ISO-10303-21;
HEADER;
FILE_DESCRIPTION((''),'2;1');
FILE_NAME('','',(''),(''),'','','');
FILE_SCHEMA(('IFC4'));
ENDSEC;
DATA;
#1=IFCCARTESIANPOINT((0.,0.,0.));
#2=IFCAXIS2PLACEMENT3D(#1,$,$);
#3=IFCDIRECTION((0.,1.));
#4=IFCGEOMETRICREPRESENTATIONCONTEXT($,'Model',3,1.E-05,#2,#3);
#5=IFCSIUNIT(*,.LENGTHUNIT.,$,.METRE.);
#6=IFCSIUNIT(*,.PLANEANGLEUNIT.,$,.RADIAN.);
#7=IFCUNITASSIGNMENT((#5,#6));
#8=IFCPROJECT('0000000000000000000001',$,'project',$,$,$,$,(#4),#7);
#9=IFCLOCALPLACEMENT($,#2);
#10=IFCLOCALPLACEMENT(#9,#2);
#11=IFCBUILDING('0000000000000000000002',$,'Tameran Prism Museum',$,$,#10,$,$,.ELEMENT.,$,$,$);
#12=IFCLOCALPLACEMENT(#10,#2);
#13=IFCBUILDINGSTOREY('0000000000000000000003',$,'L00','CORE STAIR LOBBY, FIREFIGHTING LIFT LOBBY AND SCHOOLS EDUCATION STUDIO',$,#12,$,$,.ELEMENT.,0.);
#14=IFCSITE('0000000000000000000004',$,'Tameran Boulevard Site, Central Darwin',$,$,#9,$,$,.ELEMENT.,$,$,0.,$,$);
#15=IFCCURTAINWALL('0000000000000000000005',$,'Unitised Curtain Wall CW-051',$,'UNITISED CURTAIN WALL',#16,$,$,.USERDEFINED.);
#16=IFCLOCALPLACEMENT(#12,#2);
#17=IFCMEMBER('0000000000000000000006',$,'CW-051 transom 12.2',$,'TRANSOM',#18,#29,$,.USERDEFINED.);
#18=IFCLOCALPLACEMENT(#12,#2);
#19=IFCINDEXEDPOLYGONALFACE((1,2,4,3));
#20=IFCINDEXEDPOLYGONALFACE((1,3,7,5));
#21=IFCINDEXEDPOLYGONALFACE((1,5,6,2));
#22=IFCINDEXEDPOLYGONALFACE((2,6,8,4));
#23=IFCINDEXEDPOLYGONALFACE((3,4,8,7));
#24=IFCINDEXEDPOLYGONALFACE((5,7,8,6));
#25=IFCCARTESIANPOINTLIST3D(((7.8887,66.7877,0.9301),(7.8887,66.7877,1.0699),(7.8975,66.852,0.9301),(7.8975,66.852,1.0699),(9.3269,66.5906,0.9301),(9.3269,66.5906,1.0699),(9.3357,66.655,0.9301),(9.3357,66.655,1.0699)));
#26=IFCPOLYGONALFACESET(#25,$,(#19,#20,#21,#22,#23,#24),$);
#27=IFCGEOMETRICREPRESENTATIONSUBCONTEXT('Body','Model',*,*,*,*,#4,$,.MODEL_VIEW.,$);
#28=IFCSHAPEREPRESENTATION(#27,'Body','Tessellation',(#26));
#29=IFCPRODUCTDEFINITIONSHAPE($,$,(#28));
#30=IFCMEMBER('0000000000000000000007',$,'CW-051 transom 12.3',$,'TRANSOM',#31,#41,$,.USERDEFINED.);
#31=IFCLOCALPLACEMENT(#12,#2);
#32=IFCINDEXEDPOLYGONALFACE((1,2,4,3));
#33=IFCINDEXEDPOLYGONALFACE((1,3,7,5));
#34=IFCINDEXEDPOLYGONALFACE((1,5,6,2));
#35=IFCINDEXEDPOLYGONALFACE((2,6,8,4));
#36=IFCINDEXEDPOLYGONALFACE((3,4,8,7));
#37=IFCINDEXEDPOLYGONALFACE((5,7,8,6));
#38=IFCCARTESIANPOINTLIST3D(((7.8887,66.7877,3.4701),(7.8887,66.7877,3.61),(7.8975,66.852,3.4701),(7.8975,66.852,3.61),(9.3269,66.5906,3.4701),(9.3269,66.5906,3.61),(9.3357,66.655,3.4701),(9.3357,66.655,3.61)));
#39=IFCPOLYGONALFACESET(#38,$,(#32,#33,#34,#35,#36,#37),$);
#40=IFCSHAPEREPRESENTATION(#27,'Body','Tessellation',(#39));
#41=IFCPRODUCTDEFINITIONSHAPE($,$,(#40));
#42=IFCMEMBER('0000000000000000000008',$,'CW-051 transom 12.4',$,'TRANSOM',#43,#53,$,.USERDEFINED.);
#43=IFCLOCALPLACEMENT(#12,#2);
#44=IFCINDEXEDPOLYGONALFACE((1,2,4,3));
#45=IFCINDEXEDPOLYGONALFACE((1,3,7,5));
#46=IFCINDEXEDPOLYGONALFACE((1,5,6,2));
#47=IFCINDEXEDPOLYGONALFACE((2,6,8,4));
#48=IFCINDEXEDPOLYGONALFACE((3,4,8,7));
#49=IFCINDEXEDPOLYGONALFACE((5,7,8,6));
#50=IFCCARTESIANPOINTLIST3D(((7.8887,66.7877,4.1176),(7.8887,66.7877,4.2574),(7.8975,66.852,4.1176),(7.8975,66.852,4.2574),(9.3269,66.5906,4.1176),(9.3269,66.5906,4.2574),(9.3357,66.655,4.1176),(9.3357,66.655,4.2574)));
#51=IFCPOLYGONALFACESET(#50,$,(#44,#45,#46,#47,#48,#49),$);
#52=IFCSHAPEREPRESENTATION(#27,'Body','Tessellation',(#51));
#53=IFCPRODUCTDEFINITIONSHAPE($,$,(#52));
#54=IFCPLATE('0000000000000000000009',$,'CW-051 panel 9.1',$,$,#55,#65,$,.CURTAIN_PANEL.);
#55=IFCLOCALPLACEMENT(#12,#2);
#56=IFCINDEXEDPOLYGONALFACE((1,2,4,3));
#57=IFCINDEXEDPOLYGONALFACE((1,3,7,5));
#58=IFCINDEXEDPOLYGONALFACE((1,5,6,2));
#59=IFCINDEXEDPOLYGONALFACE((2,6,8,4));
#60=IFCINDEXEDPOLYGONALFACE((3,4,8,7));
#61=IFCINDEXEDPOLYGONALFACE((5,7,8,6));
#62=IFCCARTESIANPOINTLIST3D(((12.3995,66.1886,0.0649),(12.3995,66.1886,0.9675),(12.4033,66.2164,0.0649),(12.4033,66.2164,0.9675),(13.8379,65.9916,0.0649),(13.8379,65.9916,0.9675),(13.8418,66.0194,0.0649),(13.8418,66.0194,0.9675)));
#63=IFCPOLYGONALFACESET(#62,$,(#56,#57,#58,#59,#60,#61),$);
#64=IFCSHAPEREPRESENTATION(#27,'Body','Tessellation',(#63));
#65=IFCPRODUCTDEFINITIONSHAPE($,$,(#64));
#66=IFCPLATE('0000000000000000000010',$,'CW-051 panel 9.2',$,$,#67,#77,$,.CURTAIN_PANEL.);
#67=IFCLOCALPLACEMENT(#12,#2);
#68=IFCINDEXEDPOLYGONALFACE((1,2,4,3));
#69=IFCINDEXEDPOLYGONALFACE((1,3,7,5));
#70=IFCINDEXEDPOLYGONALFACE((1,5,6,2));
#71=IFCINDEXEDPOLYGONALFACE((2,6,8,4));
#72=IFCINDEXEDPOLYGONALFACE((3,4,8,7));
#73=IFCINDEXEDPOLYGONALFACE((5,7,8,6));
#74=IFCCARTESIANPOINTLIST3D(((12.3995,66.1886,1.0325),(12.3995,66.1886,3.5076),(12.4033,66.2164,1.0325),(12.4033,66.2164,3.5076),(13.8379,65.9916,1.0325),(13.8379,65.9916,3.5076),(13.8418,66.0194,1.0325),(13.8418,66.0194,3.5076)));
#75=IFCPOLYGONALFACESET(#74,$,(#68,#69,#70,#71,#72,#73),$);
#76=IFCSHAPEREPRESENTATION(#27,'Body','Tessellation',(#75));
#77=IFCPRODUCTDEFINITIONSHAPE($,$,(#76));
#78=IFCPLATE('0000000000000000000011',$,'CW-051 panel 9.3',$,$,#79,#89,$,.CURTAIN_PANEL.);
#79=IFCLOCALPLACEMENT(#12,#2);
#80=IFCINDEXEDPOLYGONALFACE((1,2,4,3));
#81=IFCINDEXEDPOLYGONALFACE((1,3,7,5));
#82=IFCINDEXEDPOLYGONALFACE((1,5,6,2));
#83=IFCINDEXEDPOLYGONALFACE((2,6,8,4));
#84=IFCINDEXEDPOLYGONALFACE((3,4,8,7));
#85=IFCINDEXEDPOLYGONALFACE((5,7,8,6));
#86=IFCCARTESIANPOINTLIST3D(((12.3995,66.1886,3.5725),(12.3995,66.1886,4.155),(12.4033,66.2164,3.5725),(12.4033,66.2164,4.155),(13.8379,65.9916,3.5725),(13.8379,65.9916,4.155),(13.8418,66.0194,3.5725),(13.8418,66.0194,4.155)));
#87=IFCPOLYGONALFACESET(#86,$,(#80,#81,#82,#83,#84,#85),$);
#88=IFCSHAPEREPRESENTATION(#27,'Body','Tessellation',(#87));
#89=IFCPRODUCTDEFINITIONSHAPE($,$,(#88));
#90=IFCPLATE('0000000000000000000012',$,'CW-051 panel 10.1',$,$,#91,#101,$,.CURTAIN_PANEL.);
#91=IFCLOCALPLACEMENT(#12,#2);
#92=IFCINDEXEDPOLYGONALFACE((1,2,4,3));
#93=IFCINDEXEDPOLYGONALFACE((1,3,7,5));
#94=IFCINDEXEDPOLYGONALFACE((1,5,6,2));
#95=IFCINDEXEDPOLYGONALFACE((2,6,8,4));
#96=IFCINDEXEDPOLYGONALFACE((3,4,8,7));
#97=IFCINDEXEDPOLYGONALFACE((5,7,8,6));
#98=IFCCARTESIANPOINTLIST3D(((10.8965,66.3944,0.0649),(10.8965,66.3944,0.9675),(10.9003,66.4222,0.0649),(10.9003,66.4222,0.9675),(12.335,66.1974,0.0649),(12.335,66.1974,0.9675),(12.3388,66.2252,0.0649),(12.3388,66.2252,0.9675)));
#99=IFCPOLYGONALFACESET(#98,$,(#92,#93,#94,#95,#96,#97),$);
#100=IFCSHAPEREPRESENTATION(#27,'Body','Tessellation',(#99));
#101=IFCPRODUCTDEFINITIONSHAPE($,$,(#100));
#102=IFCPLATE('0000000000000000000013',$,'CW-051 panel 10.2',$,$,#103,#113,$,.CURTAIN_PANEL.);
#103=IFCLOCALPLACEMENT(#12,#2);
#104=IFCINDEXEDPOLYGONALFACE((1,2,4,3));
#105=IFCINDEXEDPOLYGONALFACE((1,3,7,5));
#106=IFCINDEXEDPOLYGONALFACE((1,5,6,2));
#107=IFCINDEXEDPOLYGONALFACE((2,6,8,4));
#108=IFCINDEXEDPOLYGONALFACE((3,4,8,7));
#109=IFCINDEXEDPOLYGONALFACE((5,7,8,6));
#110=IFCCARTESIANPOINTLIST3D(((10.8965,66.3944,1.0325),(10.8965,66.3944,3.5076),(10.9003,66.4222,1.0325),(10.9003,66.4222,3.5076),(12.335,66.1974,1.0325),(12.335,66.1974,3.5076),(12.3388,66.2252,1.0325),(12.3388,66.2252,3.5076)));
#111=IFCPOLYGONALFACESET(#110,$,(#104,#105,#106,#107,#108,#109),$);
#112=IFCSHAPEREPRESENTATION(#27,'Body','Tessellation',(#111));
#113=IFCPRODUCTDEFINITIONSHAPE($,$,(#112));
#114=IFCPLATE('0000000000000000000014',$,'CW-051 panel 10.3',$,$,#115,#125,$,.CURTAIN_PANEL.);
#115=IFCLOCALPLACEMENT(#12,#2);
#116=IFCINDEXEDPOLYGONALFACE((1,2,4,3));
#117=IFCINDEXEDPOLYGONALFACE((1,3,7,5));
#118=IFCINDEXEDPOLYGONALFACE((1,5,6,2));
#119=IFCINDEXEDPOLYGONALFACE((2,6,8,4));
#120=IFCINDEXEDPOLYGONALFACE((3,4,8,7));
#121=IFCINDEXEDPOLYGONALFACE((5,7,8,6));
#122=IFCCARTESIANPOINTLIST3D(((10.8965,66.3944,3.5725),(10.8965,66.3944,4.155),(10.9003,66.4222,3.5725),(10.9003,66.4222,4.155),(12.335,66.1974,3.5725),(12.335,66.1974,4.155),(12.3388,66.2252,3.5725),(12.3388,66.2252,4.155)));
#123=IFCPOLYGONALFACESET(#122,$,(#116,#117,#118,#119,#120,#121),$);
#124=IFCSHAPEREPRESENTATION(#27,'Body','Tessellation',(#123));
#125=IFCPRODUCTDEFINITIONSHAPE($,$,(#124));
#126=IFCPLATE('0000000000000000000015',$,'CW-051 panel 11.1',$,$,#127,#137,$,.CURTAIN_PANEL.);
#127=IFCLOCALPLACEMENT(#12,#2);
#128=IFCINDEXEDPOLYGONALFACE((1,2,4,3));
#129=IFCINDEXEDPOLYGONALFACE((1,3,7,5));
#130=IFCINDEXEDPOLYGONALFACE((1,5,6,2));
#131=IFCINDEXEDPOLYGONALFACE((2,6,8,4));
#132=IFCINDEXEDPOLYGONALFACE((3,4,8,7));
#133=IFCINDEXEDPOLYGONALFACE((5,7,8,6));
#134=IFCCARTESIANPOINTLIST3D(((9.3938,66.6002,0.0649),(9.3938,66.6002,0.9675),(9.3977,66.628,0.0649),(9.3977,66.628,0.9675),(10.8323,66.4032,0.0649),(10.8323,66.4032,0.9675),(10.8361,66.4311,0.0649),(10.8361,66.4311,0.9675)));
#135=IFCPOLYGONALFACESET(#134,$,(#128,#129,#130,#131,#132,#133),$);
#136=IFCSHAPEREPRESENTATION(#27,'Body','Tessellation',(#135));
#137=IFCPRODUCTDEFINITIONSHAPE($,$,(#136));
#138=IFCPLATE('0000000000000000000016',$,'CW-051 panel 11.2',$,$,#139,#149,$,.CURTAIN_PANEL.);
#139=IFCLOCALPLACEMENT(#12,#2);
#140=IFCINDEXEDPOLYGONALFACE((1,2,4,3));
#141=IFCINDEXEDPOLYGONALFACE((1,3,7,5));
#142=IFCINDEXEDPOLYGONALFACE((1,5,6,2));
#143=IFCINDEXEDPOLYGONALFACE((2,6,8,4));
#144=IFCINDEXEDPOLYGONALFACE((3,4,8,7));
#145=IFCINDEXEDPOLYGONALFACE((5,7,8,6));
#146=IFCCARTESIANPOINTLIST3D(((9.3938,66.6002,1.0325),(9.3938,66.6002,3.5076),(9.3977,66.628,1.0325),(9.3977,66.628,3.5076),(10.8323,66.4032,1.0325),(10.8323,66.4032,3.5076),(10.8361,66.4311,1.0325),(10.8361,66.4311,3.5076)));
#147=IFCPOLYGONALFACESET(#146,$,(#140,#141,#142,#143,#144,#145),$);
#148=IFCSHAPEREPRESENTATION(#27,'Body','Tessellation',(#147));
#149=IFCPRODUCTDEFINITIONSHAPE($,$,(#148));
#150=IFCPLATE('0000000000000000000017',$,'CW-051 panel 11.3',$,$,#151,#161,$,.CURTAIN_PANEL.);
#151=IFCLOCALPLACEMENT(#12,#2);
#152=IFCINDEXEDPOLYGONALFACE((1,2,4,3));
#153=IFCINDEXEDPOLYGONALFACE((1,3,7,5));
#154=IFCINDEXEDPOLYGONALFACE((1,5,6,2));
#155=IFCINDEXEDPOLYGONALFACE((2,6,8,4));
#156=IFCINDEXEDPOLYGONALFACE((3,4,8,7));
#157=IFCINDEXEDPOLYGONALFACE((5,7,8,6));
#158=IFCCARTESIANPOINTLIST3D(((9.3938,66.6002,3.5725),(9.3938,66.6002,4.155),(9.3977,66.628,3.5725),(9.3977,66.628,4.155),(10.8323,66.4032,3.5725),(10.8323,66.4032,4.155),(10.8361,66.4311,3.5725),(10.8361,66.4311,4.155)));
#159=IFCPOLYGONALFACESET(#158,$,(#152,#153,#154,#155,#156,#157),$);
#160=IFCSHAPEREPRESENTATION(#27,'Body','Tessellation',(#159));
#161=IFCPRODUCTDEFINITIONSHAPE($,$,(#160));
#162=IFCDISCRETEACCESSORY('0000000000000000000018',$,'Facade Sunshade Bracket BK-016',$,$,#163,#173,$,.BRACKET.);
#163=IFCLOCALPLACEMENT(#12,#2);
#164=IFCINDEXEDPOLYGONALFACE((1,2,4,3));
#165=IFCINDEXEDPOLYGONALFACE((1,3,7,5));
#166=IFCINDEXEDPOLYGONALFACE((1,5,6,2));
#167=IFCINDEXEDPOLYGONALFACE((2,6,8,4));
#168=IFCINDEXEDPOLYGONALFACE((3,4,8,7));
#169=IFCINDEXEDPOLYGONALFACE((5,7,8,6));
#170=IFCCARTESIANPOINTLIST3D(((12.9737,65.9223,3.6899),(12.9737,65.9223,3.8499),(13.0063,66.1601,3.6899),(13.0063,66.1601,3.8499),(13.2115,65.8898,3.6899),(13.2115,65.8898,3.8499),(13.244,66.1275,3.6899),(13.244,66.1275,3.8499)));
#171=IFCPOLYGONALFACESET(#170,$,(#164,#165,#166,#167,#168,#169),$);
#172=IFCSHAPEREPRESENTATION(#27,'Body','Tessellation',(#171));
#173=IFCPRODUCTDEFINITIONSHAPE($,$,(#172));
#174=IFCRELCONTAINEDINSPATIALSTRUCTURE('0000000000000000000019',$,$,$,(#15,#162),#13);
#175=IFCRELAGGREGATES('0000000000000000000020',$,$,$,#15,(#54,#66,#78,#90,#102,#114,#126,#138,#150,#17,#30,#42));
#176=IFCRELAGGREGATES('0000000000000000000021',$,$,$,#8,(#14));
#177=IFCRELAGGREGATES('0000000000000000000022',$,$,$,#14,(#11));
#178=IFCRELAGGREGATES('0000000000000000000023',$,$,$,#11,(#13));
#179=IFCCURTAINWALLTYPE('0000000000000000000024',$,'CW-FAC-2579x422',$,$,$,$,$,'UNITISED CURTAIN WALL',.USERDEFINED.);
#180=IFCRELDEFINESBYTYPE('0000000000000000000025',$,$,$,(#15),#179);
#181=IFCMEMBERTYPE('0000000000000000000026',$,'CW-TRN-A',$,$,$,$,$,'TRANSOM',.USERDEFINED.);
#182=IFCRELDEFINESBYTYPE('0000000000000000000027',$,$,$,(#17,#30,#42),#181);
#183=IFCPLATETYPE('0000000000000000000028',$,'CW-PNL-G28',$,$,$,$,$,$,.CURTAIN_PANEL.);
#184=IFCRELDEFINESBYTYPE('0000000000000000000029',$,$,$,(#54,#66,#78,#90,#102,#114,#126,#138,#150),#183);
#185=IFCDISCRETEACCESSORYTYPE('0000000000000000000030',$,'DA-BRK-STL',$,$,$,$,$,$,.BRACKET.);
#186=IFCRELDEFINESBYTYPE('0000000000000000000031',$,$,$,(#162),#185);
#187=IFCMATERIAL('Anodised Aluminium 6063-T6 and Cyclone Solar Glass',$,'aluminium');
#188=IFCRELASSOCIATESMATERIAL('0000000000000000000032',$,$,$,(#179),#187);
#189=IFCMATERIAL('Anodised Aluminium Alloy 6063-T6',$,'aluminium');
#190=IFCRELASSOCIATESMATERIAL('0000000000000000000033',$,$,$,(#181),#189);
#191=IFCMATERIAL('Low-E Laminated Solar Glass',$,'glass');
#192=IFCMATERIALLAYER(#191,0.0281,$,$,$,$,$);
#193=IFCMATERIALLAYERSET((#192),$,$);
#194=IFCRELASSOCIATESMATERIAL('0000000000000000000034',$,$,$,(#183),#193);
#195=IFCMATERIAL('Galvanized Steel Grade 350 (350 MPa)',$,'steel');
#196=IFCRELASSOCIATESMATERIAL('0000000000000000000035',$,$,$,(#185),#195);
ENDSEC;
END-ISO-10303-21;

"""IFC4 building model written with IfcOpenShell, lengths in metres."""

from ifc_helpers import new_model, si_unit, direction, frame, origin, origin_2d, place, context, subcontext, project, spatial, rectangle, extrude, material, layer, layer_set, material_profile, profile_set, type_object, element, aggregate, save


model = new_model("IFC4")

# Units and contexts
model_context = context("Model", 3, precision=1e-05, world=origin(), true_north=direction((0.0, 1.0)))
body_context = subcontext(model_context, "Body", "Model", "MODEL_VIEW")
ifc_project = project(units=[si_unit("LENGTHUNIT", "METRE"), si_unit("PLANEANGLEUNIT", "RADIAN")], contexts=[model_context])

# Site, building, storey
site_placement = place(None, origin())
site = spatial("IfcSite", under=ifc_project, at=site_placement, Name="Tameran Boulevard Site, Central Darwin", CompositionType="ELEMENT", RefElevation=0.0)
building_placement = place(site_placement, origin())
building = spatial("IfcBuilding", under=site, at=building_placement, Name="Tameran Prism Museum", CompositionType="ELEMENT")
storey_placement = place(building_placement, origin())
storey = spatial("IfcBuildingStorey", under=building, at=storey_placement, Name="L00", Description="CORE STAIR LOBBY, FIREFIGHTING LIFT LOBBY AND SCHOOLS EDUCATION STUDIO", CompositionType="ELEMENT", Elevation=0.0)

# Curtain wall, members, plates
ifc_material_1 = material(Name="Anodised Aluminium 6063-T6 and Cyclone Solar Glass", Category="aluminium")
curtain_wall_type = type_object("IfcCurtainWallType", Name="CW-FAC-2579x422", ElementType="UNITISED CURTAIN WALL", PredefinedType="USERDEFINED", material=ifc_material_1)
curtain_wall_placement = place(storey_placement, origin())
curtain_wall = element("IfcCurtainWall", 1, at=curtain_wall_placement, inside=storey, type_object=curtain_wall_type, Name="Unitised Curtain Wall CW-051", ObjectType="UNITISED CURTAIN WALL", PredefinedType="USERDEFINED")
ifc_material_2 = material(Name="Anodised Aluminium Alloy 6063-T6", Category="aluminium")
ifc_material_profile_1 = material_profile(ifc_material_2, rectangle(XDim=0.0649, YDim=0.1399, at=origin_2d()))
ifc_profile_set_1 = profile_set([ifc_material_profile_1])
member_type_1 = type_object("IfcMemberType", Name="CW-TRN-A", ElementType="TRANSOM", PredefinedType="USERDEFINED", material=ifc_profile_set_1)
member_1_placement = place(storey_placement, frame((9.3313, 66.6228, 1.0), z_axis=(-0.990747, 0.135721, 0.0), x_axis=(-0.135721, -0.990747, 0.0)))
member_1 = element("IfcMember", 2, at=member_1_placement, type_object=member_type_1, Name="CW-051 transom 12.2", ObjectType="TRANSOM", PredefinedType="USERDEFINED", context=body_context, shape_type="SweptSolid", body=[
    extrude(rectangle(XDim=0.0649, YDim=0.1399, at=origin_2d()), origin(), (0.0, 0.0, 1.0), 1.4517),
])
member_2_placement = place(storey_placement, frame((9.3313, 66.6228, 3.54), z_axis=(-0.990747, 0.135721, 0.0), x_axis=(-0.135721, -0.990747, 0.0)))
member_2 = element("IfcMember", 3, at=member_2_placement, type_object=member_type_1, Name="CW-051 transom 12.3", ObjectType="TRANSOM", PredefinedType="USERDEFINED", context=body_context, shape_type="SweptSolid", body=[
    extrude(rectangle(XDim=0.0649, YDim=0.1399, at=origin_2d()), origin(), (0.0, 0.0, 1.0), 1.4517),
])
member_3_placement = place(storey_placement, frame((9.3313, 66.6228, 4.1875), z_axis=(-0.990747, 0.135721, 0.0), x_axis=(-0.135721, -0.990747, 0.0)))
member_3 = element("IfcMember", 4, at=member_3_placement, type_object=member_type_1, Name="CW-051 transom 12.4", ObjectType="TRANSOM", PredefinedType="USERDEFINED", context=body_context, shape_type="SweptSolid", body=[
    extrude(rectangle(XDim=0.0649, YDim=0.1399, at=origin_2d()), origin(), (0.0, 0.0, 1.0), 1.4517),
])
ifc_material_3 = material(Name="Low-E Laminated Solar Glass", Category="glass")
ifc_layer = layer(ifc_material_3, 0.0281)
ifc_layer_set = layer_set([ifc_layer])
plate_type = type_object("IfcPlateType", Name="CW-PNL-G28", PredefinedType="CURTAIN_PANEL", material=ifc_layer_set)
plate_1_placement = place(storey_placement, frame((13.1206, 66.104, 0.0649), z_axis=(0.0, 0.0, 1.0), x_axis=(-0.990756, 0.135658, 0.0)))
plate_1 = element("IfcPlate", 5, at=plate_1_placement, type_object=plate_type, Name="CW-051 panel 9.1", PredefinedType="CURTAIN_PANEL", context=body_context, shape_type="SweptSolid", body=[
    extrude(rectangle(XDim=1.4519, YDim=0.0281, at=origin_2d()), origin(), (0.0, 0.0, 1.0), 0.9026),
])
plate_2_placement = place(storey_placement, frame((13.1206, 66.104, 1.0325), z_axis=(0.0, 0.0, 1.0), x_axis=(-0.990756, 0.135658, 0.0)))
plate_2 = element("IfcPlate", 6, at=plate_2_placement, type_object=plate_type, Name="CW-051 panel 9.2", PredefinedType="CURTAIN_PANEL", context=body_context, shape_type="SweptSolid", body=[
    extrude(rectangle(XDim=1.4519, YDim=0.0281, at=origin_2d()), origin(), (0.0, 0.0, 1.0), 2.4751),
])
plate_3_placement = place(storey_placement, frame((13.1206, 66.104, 3.5725), z_axis=(0.0, 0.0, 1.0), x_axis=(-0.990756, 0.135658, 0.0)))
plate_3 = element("IfcPlate", 7, at=plate_3_placement, type_object=plate_type, Name="CW-051 panel 9.3", PredefinedType="CURTAIN_PANEL", context=body_context, shape_type="SweptSolid", body=[
    extrude(rectangle(XDim=1.4519, YDim=0.0281, at=origin_2d()), origin(), (0.0, 0.0, 1.0), 0.5825),
])
plate_4_placement = place(storey_placement, frame((11.6177, 66.3098, 0.0649), z_axis=(0.0, 0.0, 1.0), x_axis=(-0.990756, 0.135658, 0.0)))
plate_4 = element("IfcPlate", 8, at=plate_4_placement, type_object=plate_type, Name="CW-051 panel 10.1", PredefinedType="CURTAIN_PANEL", context=body_context, shape_type="SweptSolid", body=[
    extrude(rectangle(XDim=1.4519, YDim=0.0281, at=origin_2d()), origin(), (0.0, 0.0, 1.0), 0.9026),
])
plate_5_placement = place(storey_placement, frame((11.6177, 66.3098, 1.0325), z_axis=(0.0, 0.0, 1.0), x_axis=(-0.990756, 0.135658, 0.0)))
plate_5 = element("IfcPlate", 9, at=plate_5_placement, type_object=plate_type, Name="CW-051 panel 10.2", PredefinedType="CURTAIN_PANEL", context=body_context, shape_type="SweptSolid", body=[
    extrude(rectangle(XDim=1.4519, YDim=0.0281, at=origin_2d()), origin(), (0.0, 0.0, 1.0), 2.4751),
])
plate_6_placement = place(storey_placement, frame((11.6177, 66.3098, 3.5725), z_axis=(0.0, 0.0, 1.0), x_axis=(-0.990756, 0.135658, 0.0)))
plate_6 = element("IfcPlate", 10, at=plate_6_placement, type_object=plate_type, Name="CW-051 panel 10.3", PredefinedType="CURTAIN_PANEL", context=body_context, shape_type="SweptSolid", body=[
    extrude(rectangle(XDim=1.4519, YDim=0.0281, at=origin_2d()), origin(), (0.0, 0.0, 1.0), 0.5825),
])
plate_7_placement = place(storey_placement, frame((10.115, 66.5156, 0.0649), z_axis=(0.0, 0.0, 1.0), x_axis=(-0.990756, 0.135658, 0.0)))
plate_7 = element("IfcPlate", 11, at=plate_7_placement, type_object=plate_type, Name="CW-051 panel 11.1", PredefinedType="CURTAIN_PANEL", context=body_context, shape_type="SweptSolid", body=[
    extrude(rectangle(XDim=1.4519, YDim=0.0281, at=origin_2d()), origin(), (0.0, 0.0, 1.0), 0.9026),
])
plate_8_placement = place(storey_placement, frame((10.115, 66.5156, 1.0325), z_axis=(0.0, 0.0, 1.0), x_axis=(-0.990756, 0.135658, 0.0)))
plate_8 = element("IfcPlate", 12, at=plate_8_placement, type_object=plate_type, Name="CW-051 panel 11.2", PredefinedType="CURTAIN_PANEL", context=body_context, shape_type="SweptSolid", body=[
    extrude(rectangle(XDim=1.4519, YDim=0.0281, at=origin_2d()), origin(), (0.0, 0.0, 1.0), 2.4751),
])
plate_9_placement = place(storey_placement, frame((10.115, 66.5156, 3.5725), z_axis=(0.0, 0.0, 1.0), x_axis=(-0.990756, 0.135658, 0.0)))
plate_9 = element("IfcPlate", 13, at=plate_9_placement, type_object=plate_type, Name="CW-051 panel 11.3", PredefinedType="CURTAIN_PANEL", context=body_context, shape_type="SweptSolid", body=[
    extrude(rectangle(XDim=1.4519, YDim=0.0281, at=origin_2d()), origin(), (0.0, 0.0, 1.0), 0.5825),
])
aggregate(curtain_wall, [plate_1, plate_2, plate_3, plate_4, plate_5, plate_6, plate_7, plate_8, plate_9, member_1, member_2, member_3])

# Discrete accessory
ifc_material_4 = material(Name="Galvanized Steel Grade 350 (350 MPa)", Category="steel")
discrete_accessory_type = type_object("IfcDiscreteAccessoryType", Name="DA-BRK-STL", PredefinedType="BRACKET", material=ifc_material_4)
discrete_accessory_placement = place(storey_placement, frame((13.1089, 66.0249, 3.6899), z_axis=(0.0, 0.0, 1.0), x_axis=(-0.990772, 0.135543, 0.0)))
element("IfcDiscreteAccessory", 14, at=discrete_accessory_placement, inside=storey, type_object=discrete_accessory_type, Name="Facade Sunshade Bracket BK-016", PredefinedType="BRACKET", context=body_context, shape_type="SweptSolid", body=[
    extrude(rectangle(XDim=0.24, YDim=0.24, at=origin_2d()), origin(), (0.0, 0.0, 1.0), 0.1599),
])

save(model, "model.ifc")
